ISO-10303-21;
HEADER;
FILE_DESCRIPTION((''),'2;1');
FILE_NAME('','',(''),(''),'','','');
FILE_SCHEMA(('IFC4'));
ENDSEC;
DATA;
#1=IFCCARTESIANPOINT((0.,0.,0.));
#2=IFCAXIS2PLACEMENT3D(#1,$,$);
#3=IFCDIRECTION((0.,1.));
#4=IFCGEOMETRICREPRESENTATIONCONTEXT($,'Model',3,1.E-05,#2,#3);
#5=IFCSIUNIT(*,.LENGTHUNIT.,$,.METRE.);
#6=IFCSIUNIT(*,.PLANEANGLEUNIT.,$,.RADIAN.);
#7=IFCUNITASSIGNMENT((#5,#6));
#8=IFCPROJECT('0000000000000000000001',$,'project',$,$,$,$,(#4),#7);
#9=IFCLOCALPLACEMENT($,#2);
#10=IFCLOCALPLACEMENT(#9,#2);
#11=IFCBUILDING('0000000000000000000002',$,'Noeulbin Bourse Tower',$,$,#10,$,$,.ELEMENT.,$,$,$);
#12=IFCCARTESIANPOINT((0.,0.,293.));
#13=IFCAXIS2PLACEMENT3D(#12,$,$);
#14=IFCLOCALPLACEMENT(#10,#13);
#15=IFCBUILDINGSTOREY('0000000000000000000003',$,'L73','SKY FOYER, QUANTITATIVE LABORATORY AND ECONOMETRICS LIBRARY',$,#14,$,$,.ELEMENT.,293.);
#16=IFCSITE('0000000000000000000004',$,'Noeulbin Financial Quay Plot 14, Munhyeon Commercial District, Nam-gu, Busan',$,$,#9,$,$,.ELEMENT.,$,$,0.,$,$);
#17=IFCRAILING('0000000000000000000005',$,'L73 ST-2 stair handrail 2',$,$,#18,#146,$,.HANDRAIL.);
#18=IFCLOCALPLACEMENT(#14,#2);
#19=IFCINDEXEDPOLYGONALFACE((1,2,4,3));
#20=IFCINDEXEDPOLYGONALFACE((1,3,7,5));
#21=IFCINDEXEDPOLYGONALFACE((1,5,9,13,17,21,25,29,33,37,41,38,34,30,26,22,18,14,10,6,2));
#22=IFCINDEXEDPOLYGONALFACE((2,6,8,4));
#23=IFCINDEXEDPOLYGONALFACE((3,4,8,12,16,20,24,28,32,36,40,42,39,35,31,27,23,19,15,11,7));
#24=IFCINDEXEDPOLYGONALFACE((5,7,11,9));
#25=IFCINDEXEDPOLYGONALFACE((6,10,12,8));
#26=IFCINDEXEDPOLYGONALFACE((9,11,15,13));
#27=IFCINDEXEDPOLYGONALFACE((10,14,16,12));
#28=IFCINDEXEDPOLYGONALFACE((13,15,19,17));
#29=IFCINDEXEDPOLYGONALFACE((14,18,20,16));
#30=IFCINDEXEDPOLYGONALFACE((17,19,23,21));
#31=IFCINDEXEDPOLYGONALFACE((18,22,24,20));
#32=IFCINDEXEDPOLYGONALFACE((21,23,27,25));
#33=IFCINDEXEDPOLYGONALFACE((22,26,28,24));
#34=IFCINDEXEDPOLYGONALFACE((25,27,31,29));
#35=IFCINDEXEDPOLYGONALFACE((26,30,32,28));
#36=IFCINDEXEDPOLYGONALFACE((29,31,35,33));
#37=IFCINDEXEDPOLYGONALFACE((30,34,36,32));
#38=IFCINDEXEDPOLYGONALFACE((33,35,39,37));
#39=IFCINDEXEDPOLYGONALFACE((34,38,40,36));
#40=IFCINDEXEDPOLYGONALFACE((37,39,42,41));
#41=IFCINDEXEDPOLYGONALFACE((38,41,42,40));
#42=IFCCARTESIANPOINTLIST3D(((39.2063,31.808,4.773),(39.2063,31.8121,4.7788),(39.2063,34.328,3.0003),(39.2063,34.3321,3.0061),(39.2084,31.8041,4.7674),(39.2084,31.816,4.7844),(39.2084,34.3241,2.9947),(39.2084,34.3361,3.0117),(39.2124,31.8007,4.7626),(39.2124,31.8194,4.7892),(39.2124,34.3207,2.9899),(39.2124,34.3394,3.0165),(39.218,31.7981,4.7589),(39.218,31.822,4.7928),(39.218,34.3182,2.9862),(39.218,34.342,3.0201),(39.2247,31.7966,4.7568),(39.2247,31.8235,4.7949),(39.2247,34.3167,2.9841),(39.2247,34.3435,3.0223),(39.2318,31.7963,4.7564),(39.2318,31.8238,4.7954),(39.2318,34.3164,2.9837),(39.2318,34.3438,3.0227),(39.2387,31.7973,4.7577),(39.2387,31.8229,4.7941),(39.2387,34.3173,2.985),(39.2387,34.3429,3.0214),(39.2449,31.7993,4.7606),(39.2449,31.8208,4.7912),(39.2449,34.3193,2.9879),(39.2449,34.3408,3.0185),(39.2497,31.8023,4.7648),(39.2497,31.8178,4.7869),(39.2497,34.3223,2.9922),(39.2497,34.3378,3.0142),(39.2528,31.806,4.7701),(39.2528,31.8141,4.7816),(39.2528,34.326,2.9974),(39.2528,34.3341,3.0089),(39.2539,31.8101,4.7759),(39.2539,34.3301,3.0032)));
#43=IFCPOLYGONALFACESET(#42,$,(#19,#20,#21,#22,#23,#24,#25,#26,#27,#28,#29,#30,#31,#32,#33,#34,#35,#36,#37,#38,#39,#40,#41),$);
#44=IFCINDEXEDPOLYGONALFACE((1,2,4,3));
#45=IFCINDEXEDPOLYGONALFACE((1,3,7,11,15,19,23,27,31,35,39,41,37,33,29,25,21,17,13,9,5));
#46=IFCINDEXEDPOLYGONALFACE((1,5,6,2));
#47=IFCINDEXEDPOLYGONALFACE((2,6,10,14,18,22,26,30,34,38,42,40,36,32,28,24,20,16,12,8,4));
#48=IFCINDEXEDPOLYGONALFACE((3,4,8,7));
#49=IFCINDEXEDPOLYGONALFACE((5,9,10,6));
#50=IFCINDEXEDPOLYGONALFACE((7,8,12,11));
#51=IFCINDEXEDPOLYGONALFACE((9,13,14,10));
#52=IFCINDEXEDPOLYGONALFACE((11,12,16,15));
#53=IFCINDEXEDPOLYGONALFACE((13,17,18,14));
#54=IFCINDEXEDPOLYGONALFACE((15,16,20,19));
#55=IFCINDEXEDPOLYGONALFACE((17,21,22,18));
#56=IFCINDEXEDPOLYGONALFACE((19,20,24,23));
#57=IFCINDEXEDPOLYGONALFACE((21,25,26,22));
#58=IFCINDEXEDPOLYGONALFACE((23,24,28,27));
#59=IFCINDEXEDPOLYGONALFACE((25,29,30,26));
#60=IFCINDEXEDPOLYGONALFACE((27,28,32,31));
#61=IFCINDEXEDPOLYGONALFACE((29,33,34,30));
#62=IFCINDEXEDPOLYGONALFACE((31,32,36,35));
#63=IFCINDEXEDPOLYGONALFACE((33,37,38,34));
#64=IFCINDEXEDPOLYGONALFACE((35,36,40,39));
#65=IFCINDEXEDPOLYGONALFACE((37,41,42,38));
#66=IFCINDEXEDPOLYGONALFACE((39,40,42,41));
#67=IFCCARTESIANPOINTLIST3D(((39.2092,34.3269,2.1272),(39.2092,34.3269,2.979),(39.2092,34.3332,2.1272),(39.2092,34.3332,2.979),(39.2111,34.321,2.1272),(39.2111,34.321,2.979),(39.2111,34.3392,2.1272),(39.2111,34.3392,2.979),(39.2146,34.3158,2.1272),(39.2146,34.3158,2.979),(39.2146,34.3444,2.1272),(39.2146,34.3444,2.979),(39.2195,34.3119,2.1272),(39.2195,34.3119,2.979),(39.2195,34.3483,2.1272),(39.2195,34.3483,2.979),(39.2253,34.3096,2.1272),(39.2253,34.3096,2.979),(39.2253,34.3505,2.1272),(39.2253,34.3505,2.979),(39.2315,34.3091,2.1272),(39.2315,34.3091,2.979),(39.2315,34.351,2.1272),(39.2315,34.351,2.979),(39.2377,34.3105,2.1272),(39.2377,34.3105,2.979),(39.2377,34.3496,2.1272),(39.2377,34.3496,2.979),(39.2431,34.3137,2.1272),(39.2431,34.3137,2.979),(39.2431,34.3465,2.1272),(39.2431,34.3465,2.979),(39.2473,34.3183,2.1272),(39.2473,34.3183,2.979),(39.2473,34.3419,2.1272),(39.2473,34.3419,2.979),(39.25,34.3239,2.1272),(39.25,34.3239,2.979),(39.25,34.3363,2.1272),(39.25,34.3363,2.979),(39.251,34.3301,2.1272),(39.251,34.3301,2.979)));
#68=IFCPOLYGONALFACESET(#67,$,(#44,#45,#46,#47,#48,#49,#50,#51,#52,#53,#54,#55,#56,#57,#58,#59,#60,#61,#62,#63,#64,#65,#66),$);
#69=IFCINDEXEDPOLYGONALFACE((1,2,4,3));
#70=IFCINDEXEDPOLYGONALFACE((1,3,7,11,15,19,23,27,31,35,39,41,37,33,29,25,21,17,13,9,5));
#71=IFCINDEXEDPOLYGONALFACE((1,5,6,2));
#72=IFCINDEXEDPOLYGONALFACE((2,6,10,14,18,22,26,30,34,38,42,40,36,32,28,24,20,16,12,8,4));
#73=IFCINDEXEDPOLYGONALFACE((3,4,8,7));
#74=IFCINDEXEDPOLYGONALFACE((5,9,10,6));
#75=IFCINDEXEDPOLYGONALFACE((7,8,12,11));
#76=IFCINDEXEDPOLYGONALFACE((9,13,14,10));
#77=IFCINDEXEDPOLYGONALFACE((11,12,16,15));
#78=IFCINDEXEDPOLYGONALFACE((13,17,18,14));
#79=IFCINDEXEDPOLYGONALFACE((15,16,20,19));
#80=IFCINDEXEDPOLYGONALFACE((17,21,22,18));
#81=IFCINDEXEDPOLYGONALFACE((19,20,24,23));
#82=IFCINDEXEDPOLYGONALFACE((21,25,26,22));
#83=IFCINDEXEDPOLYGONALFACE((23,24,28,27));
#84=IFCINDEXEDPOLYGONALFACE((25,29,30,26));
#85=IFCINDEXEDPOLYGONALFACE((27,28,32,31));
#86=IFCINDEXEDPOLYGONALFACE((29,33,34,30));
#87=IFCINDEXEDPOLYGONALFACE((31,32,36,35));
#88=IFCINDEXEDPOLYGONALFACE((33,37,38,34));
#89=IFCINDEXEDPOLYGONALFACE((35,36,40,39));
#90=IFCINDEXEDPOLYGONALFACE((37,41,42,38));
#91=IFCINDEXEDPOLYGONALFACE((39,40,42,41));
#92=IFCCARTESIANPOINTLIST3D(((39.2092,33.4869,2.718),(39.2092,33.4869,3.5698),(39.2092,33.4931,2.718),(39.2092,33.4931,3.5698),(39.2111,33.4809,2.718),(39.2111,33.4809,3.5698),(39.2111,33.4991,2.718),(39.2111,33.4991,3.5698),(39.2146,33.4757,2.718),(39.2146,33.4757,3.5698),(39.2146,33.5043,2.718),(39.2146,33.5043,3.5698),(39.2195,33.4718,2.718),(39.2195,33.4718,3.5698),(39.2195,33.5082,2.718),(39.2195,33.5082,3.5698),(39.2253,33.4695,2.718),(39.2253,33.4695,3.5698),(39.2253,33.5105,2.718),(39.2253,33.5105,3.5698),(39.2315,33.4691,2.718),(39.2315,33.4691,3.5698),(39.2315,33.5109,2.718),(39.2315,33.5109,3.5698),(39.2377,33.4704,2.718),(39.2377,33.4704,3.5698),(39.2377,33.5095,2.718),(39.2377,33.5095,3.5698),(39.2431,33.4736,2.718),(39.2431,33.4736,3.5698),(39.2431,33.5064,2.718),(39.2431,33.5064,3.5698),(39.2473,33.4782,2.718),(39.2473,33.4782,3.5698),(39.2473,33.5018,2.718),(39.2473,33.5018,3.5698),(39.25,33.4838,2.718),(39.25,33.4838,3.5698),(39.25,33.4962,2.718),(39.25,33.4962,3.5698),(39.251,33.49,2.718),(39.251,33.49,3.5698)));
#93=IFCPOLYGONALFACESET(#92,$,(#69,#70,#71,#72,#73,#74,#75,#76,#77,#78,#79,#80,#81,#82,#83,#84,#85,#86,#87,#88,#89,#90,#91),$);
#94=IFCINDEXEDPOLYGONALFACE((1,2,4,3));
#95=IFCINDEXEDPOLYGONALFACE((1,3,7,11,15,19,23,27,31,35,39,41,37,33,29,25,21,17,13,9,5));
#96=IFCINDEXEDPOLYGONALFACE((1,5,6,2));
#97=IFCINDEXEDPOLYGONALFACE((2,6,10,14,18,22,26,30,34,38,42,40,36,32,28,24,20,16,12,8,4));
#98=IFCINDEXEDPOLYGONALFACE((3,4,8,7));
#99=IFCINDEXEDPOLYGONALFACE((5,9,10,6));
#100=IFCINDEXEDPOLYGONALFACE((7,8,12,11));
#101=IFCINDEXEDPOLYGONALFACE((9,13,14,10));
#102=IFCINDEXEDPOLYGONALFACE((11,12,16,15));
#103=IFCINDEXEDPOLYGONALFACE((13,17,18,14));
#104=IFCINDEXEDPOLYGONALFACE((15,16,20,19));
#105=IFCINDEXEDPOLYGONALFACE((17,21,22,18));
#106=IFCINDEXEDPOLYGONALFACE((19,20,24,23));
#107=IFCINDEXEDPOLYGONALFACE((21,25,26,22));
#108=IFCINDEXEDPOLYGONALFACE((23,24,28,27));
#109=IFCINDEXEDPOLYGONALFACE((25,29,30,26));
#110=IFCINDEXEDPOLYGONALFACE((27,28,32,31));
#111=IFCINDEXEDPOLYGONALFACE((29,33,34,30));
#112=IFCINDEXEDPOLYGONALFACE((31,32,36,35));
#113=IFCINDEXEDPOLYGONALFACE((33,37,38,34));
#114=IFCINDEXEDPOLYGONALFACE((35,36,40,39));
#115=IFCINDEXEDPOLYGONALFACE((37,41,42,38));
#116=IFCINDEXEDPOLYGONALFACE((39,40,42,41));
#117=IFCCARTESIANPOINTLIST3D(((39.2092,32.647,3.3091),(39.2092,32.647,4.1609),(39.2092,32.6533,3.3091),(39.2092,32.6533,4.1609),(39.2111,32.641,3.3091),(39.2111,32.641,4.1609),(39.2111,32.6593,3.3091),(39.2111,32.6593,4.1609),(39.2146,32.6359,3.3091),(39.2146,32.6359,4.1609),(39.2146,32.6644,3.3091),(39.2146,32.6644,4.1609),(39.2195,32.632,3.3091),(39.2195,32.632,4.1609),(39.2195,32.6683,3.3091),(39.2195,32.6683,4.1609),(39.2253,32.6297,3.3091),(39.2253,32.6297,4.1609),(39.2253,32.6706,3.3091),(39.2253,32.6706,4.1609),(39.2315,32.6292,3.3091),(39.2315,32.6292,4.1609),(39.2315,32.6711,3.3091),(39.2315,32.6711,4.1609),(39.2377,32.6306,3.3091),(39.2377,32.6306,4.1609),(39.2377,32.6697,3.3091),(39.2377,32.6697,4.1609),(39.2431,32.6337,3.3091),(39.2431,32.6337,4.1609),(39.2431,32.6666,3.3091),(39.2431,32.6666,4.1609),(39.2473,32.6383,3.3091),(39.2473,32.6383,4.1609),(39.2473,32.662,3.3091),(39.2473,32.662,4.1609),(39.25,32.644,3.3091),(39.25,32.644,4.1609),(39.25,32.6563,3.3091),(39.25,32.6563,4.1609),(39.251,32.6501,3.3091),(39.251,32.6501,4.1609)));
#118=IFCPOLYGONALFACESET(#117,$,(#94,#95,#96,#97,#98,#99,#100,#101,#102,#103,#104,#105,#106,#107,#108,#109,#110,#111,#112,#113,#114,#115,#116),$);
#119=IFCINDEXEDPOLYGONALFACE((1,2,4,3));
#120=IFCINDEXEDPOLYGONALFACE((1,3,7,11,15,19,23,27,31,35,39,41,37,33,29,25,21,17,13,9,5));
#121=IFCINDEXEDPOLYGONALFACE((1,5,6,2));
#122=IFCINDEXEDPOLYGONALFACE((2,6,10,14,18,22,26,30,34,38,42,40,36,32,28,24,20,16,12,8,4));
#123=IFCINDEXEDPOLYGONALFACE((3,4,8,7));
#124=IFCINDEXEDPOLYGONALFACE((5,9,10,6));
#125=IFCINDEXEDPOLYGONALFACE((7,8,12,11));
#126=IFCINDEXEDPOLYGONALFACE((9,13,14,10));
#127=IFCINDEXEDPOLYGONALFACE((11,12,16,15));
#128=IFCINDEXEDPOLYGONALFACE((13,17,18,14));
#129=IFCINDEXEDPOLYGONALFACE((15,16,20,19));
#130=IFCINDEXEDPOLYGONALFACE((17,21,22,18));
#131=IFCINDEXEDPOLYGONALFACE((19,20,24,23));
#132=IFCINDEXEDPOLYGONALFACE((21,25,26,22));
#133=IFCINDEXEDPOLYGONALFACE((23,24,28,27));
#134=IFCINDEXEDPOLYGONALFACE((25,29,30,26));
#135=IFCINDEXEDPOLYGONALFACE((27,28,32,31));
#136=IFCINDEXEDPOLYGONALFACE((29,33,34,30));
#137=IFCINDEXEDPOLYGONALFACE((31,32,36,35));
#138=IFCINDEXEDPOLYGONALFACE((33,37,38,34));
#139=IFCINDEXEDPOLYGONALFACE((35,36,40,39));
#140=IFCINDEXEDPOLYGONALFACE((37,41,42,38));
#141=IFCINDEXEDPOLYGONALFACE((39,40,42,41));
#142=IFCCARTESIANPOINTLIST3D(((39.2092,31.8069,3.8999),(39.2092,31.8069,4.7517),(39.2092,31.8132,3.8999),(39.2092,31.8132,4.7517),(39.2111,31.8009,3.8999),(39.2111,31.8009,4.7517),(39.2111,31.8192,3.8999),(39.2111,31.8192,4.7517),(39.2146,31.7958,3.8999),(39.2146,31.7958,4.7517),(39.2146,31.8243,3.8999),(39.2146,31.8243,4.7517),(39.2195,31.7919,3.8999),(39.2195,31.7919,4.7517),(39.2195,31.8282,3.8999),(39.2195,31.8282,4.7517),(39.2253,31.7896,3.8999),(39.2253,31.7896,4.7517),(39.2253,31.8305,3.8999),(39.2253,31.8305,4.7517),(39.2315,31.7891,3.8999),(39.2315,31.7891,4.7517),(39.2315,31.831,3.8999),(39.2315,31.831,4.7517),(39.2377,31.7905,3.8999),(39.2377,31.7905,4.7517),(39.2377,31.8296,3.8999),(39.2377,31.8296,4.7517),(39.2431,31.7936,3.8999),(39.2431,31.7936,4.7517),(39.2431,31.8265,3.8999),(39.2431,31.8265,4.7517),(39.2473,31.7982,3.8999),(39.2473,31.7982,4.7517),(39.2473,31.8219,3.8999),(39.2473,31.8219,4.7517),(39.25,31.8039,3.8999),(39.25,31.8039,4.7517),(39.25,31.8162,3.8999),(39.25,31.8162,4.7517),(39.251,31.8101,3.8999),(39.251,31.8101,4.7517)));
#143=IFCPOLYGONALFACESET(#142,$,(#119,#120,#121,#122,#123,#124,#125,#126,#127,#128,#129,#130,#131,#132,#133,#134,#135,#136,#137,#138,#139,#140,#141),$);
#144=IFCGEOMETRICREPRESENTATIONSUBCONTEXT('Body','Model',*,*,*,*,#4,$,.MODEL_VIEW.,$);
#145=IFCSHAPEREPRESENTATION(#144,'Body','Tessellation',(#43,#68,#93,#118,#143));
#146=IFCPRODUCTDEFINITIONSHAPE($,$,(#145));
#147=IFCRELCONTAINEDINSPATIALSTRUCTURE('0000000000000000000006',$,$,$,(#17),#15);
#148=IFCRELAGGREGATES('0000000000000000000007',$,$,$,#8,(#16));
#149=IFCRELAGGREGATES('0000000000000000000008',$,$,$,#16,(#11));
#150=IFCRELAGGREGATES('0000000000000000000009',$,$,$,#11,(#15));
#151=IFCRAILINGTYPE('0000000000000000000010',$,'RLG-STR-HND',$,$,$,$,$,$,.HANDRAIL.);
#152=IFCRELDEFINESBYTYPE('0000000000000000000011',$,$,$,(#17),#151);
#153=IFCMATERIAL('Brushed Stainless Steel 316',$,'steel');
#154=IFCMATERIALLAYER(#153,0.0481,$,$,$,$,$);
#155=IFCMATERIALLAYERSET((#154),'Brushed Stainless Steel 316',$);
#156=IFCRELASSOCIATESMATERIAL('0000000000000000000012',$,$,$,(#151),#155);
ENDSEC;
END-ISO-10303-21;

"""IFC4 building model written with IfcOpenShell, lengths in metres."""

from ifc_helpers import new_model, si_unit, direction, frame, origin, origin_2d, place, context, subcontext, project, spatial, circle, extrude, material, layer, layer_set, type_object, element, save


model = new_model("IFC4")

# Units and contexts
model_context = context("Model", 3, precision=1e-05, world=origin(), true_north=direction((0.0, 1.0)))
body_context = subcontext(model_context, "Body", "Model", "MODEL_VIEW")
ifc_project = project(units=[si_unit("LENGTHUNIT", "METRE"), si_unit("PLANEANGLEUNIT", "RADIAN")], contexts=[model_context])

# Site, building, storey
site_placement = place(None, origin())
site = spatial("IfcSite", under=ifc_project, at=site_placement, Name="Noeulbin Financial Quay Plot 14, Munhyeon Commercial District, Nam-gu, Busan", CompositionType="ELEMENT", RefElevation=0.0)
building_placement = place(site_placement, origin())
building = spatial("IfcBuilding", under=site, at=building_placement, Name="Noeulbin Bourse Tower", CompositionType="ELEMENT")
storey_placement = place(building_placement, frame((0.0, 0.0, 293.0)))
storey = spatial("IfcBuildingStorey", under=building, at=storey_placement, Name="L73", Description="SKY FOYER, QUANTITATIVE LABORATORY AND ECONOMETRICS LIBRARY", CompositionType="ELEMENT", Elevation=293.0)

# Shared definitions
ifc_material_1 = material(Name="Brushed Stainless Steel 316", Category="steel")

# Railing
ifc_layer_1 = layer(ifc_material_1, 0.0481)
ifc_layer_set_1 = layer_set([ifc_layer_1], Name="Brushed Stainless Steel 316")
railing_type_1 = type_object("IfcRailingType", Name="RLG-STR-HND", PredefinedType="HANDRAIL", material=ifc_layer_set_1)
railing_1_placement = place(storey_placement, frame((39.23, 34.3301, 2.1272)))
element("IfcRailing", 1, at=railing_1_placement, inside=storey, type_object=railing_type_1, Name="L73 ST-2 stair handrail 2", PredefinedType="HANDRAIL", context=body_context, shape_type="SweptSolid", body=[
    extrude(circle(Radius=0.0239, at=origin_2d()), frame((0.0, 0.0, 0.876), z_axis=(0.0, -0.817904, 0.575354), x_axis=(1.0, 0.0, 0.0)), (0.0, 0.0, 1.0), 3.0811),
    extrude(circle(Radius=0.021, at=origin_2d()), origin(), (0.0, 0.0, 1.0), 0.8518),
    extrude(circle(Radius=0.021, at=origin_2d()), frame((0.0, -0.8401, 0.5908)), (0.0, 0.0, 1.0), 0.8518),
    extrude(circle(Radius=0.021, at=origin_2d()), frame((0.0, -1.6799, 1.1819)), (0.0, 0.0, 1.0), 0.8518),
    extrude(circle(Radius=0.021, at=origin_2d()), frame((0.0, -2.52, 1.7727)), (0.0, 0.0, 1.0), 0.8518),
])

save(model, "model.ifc")
